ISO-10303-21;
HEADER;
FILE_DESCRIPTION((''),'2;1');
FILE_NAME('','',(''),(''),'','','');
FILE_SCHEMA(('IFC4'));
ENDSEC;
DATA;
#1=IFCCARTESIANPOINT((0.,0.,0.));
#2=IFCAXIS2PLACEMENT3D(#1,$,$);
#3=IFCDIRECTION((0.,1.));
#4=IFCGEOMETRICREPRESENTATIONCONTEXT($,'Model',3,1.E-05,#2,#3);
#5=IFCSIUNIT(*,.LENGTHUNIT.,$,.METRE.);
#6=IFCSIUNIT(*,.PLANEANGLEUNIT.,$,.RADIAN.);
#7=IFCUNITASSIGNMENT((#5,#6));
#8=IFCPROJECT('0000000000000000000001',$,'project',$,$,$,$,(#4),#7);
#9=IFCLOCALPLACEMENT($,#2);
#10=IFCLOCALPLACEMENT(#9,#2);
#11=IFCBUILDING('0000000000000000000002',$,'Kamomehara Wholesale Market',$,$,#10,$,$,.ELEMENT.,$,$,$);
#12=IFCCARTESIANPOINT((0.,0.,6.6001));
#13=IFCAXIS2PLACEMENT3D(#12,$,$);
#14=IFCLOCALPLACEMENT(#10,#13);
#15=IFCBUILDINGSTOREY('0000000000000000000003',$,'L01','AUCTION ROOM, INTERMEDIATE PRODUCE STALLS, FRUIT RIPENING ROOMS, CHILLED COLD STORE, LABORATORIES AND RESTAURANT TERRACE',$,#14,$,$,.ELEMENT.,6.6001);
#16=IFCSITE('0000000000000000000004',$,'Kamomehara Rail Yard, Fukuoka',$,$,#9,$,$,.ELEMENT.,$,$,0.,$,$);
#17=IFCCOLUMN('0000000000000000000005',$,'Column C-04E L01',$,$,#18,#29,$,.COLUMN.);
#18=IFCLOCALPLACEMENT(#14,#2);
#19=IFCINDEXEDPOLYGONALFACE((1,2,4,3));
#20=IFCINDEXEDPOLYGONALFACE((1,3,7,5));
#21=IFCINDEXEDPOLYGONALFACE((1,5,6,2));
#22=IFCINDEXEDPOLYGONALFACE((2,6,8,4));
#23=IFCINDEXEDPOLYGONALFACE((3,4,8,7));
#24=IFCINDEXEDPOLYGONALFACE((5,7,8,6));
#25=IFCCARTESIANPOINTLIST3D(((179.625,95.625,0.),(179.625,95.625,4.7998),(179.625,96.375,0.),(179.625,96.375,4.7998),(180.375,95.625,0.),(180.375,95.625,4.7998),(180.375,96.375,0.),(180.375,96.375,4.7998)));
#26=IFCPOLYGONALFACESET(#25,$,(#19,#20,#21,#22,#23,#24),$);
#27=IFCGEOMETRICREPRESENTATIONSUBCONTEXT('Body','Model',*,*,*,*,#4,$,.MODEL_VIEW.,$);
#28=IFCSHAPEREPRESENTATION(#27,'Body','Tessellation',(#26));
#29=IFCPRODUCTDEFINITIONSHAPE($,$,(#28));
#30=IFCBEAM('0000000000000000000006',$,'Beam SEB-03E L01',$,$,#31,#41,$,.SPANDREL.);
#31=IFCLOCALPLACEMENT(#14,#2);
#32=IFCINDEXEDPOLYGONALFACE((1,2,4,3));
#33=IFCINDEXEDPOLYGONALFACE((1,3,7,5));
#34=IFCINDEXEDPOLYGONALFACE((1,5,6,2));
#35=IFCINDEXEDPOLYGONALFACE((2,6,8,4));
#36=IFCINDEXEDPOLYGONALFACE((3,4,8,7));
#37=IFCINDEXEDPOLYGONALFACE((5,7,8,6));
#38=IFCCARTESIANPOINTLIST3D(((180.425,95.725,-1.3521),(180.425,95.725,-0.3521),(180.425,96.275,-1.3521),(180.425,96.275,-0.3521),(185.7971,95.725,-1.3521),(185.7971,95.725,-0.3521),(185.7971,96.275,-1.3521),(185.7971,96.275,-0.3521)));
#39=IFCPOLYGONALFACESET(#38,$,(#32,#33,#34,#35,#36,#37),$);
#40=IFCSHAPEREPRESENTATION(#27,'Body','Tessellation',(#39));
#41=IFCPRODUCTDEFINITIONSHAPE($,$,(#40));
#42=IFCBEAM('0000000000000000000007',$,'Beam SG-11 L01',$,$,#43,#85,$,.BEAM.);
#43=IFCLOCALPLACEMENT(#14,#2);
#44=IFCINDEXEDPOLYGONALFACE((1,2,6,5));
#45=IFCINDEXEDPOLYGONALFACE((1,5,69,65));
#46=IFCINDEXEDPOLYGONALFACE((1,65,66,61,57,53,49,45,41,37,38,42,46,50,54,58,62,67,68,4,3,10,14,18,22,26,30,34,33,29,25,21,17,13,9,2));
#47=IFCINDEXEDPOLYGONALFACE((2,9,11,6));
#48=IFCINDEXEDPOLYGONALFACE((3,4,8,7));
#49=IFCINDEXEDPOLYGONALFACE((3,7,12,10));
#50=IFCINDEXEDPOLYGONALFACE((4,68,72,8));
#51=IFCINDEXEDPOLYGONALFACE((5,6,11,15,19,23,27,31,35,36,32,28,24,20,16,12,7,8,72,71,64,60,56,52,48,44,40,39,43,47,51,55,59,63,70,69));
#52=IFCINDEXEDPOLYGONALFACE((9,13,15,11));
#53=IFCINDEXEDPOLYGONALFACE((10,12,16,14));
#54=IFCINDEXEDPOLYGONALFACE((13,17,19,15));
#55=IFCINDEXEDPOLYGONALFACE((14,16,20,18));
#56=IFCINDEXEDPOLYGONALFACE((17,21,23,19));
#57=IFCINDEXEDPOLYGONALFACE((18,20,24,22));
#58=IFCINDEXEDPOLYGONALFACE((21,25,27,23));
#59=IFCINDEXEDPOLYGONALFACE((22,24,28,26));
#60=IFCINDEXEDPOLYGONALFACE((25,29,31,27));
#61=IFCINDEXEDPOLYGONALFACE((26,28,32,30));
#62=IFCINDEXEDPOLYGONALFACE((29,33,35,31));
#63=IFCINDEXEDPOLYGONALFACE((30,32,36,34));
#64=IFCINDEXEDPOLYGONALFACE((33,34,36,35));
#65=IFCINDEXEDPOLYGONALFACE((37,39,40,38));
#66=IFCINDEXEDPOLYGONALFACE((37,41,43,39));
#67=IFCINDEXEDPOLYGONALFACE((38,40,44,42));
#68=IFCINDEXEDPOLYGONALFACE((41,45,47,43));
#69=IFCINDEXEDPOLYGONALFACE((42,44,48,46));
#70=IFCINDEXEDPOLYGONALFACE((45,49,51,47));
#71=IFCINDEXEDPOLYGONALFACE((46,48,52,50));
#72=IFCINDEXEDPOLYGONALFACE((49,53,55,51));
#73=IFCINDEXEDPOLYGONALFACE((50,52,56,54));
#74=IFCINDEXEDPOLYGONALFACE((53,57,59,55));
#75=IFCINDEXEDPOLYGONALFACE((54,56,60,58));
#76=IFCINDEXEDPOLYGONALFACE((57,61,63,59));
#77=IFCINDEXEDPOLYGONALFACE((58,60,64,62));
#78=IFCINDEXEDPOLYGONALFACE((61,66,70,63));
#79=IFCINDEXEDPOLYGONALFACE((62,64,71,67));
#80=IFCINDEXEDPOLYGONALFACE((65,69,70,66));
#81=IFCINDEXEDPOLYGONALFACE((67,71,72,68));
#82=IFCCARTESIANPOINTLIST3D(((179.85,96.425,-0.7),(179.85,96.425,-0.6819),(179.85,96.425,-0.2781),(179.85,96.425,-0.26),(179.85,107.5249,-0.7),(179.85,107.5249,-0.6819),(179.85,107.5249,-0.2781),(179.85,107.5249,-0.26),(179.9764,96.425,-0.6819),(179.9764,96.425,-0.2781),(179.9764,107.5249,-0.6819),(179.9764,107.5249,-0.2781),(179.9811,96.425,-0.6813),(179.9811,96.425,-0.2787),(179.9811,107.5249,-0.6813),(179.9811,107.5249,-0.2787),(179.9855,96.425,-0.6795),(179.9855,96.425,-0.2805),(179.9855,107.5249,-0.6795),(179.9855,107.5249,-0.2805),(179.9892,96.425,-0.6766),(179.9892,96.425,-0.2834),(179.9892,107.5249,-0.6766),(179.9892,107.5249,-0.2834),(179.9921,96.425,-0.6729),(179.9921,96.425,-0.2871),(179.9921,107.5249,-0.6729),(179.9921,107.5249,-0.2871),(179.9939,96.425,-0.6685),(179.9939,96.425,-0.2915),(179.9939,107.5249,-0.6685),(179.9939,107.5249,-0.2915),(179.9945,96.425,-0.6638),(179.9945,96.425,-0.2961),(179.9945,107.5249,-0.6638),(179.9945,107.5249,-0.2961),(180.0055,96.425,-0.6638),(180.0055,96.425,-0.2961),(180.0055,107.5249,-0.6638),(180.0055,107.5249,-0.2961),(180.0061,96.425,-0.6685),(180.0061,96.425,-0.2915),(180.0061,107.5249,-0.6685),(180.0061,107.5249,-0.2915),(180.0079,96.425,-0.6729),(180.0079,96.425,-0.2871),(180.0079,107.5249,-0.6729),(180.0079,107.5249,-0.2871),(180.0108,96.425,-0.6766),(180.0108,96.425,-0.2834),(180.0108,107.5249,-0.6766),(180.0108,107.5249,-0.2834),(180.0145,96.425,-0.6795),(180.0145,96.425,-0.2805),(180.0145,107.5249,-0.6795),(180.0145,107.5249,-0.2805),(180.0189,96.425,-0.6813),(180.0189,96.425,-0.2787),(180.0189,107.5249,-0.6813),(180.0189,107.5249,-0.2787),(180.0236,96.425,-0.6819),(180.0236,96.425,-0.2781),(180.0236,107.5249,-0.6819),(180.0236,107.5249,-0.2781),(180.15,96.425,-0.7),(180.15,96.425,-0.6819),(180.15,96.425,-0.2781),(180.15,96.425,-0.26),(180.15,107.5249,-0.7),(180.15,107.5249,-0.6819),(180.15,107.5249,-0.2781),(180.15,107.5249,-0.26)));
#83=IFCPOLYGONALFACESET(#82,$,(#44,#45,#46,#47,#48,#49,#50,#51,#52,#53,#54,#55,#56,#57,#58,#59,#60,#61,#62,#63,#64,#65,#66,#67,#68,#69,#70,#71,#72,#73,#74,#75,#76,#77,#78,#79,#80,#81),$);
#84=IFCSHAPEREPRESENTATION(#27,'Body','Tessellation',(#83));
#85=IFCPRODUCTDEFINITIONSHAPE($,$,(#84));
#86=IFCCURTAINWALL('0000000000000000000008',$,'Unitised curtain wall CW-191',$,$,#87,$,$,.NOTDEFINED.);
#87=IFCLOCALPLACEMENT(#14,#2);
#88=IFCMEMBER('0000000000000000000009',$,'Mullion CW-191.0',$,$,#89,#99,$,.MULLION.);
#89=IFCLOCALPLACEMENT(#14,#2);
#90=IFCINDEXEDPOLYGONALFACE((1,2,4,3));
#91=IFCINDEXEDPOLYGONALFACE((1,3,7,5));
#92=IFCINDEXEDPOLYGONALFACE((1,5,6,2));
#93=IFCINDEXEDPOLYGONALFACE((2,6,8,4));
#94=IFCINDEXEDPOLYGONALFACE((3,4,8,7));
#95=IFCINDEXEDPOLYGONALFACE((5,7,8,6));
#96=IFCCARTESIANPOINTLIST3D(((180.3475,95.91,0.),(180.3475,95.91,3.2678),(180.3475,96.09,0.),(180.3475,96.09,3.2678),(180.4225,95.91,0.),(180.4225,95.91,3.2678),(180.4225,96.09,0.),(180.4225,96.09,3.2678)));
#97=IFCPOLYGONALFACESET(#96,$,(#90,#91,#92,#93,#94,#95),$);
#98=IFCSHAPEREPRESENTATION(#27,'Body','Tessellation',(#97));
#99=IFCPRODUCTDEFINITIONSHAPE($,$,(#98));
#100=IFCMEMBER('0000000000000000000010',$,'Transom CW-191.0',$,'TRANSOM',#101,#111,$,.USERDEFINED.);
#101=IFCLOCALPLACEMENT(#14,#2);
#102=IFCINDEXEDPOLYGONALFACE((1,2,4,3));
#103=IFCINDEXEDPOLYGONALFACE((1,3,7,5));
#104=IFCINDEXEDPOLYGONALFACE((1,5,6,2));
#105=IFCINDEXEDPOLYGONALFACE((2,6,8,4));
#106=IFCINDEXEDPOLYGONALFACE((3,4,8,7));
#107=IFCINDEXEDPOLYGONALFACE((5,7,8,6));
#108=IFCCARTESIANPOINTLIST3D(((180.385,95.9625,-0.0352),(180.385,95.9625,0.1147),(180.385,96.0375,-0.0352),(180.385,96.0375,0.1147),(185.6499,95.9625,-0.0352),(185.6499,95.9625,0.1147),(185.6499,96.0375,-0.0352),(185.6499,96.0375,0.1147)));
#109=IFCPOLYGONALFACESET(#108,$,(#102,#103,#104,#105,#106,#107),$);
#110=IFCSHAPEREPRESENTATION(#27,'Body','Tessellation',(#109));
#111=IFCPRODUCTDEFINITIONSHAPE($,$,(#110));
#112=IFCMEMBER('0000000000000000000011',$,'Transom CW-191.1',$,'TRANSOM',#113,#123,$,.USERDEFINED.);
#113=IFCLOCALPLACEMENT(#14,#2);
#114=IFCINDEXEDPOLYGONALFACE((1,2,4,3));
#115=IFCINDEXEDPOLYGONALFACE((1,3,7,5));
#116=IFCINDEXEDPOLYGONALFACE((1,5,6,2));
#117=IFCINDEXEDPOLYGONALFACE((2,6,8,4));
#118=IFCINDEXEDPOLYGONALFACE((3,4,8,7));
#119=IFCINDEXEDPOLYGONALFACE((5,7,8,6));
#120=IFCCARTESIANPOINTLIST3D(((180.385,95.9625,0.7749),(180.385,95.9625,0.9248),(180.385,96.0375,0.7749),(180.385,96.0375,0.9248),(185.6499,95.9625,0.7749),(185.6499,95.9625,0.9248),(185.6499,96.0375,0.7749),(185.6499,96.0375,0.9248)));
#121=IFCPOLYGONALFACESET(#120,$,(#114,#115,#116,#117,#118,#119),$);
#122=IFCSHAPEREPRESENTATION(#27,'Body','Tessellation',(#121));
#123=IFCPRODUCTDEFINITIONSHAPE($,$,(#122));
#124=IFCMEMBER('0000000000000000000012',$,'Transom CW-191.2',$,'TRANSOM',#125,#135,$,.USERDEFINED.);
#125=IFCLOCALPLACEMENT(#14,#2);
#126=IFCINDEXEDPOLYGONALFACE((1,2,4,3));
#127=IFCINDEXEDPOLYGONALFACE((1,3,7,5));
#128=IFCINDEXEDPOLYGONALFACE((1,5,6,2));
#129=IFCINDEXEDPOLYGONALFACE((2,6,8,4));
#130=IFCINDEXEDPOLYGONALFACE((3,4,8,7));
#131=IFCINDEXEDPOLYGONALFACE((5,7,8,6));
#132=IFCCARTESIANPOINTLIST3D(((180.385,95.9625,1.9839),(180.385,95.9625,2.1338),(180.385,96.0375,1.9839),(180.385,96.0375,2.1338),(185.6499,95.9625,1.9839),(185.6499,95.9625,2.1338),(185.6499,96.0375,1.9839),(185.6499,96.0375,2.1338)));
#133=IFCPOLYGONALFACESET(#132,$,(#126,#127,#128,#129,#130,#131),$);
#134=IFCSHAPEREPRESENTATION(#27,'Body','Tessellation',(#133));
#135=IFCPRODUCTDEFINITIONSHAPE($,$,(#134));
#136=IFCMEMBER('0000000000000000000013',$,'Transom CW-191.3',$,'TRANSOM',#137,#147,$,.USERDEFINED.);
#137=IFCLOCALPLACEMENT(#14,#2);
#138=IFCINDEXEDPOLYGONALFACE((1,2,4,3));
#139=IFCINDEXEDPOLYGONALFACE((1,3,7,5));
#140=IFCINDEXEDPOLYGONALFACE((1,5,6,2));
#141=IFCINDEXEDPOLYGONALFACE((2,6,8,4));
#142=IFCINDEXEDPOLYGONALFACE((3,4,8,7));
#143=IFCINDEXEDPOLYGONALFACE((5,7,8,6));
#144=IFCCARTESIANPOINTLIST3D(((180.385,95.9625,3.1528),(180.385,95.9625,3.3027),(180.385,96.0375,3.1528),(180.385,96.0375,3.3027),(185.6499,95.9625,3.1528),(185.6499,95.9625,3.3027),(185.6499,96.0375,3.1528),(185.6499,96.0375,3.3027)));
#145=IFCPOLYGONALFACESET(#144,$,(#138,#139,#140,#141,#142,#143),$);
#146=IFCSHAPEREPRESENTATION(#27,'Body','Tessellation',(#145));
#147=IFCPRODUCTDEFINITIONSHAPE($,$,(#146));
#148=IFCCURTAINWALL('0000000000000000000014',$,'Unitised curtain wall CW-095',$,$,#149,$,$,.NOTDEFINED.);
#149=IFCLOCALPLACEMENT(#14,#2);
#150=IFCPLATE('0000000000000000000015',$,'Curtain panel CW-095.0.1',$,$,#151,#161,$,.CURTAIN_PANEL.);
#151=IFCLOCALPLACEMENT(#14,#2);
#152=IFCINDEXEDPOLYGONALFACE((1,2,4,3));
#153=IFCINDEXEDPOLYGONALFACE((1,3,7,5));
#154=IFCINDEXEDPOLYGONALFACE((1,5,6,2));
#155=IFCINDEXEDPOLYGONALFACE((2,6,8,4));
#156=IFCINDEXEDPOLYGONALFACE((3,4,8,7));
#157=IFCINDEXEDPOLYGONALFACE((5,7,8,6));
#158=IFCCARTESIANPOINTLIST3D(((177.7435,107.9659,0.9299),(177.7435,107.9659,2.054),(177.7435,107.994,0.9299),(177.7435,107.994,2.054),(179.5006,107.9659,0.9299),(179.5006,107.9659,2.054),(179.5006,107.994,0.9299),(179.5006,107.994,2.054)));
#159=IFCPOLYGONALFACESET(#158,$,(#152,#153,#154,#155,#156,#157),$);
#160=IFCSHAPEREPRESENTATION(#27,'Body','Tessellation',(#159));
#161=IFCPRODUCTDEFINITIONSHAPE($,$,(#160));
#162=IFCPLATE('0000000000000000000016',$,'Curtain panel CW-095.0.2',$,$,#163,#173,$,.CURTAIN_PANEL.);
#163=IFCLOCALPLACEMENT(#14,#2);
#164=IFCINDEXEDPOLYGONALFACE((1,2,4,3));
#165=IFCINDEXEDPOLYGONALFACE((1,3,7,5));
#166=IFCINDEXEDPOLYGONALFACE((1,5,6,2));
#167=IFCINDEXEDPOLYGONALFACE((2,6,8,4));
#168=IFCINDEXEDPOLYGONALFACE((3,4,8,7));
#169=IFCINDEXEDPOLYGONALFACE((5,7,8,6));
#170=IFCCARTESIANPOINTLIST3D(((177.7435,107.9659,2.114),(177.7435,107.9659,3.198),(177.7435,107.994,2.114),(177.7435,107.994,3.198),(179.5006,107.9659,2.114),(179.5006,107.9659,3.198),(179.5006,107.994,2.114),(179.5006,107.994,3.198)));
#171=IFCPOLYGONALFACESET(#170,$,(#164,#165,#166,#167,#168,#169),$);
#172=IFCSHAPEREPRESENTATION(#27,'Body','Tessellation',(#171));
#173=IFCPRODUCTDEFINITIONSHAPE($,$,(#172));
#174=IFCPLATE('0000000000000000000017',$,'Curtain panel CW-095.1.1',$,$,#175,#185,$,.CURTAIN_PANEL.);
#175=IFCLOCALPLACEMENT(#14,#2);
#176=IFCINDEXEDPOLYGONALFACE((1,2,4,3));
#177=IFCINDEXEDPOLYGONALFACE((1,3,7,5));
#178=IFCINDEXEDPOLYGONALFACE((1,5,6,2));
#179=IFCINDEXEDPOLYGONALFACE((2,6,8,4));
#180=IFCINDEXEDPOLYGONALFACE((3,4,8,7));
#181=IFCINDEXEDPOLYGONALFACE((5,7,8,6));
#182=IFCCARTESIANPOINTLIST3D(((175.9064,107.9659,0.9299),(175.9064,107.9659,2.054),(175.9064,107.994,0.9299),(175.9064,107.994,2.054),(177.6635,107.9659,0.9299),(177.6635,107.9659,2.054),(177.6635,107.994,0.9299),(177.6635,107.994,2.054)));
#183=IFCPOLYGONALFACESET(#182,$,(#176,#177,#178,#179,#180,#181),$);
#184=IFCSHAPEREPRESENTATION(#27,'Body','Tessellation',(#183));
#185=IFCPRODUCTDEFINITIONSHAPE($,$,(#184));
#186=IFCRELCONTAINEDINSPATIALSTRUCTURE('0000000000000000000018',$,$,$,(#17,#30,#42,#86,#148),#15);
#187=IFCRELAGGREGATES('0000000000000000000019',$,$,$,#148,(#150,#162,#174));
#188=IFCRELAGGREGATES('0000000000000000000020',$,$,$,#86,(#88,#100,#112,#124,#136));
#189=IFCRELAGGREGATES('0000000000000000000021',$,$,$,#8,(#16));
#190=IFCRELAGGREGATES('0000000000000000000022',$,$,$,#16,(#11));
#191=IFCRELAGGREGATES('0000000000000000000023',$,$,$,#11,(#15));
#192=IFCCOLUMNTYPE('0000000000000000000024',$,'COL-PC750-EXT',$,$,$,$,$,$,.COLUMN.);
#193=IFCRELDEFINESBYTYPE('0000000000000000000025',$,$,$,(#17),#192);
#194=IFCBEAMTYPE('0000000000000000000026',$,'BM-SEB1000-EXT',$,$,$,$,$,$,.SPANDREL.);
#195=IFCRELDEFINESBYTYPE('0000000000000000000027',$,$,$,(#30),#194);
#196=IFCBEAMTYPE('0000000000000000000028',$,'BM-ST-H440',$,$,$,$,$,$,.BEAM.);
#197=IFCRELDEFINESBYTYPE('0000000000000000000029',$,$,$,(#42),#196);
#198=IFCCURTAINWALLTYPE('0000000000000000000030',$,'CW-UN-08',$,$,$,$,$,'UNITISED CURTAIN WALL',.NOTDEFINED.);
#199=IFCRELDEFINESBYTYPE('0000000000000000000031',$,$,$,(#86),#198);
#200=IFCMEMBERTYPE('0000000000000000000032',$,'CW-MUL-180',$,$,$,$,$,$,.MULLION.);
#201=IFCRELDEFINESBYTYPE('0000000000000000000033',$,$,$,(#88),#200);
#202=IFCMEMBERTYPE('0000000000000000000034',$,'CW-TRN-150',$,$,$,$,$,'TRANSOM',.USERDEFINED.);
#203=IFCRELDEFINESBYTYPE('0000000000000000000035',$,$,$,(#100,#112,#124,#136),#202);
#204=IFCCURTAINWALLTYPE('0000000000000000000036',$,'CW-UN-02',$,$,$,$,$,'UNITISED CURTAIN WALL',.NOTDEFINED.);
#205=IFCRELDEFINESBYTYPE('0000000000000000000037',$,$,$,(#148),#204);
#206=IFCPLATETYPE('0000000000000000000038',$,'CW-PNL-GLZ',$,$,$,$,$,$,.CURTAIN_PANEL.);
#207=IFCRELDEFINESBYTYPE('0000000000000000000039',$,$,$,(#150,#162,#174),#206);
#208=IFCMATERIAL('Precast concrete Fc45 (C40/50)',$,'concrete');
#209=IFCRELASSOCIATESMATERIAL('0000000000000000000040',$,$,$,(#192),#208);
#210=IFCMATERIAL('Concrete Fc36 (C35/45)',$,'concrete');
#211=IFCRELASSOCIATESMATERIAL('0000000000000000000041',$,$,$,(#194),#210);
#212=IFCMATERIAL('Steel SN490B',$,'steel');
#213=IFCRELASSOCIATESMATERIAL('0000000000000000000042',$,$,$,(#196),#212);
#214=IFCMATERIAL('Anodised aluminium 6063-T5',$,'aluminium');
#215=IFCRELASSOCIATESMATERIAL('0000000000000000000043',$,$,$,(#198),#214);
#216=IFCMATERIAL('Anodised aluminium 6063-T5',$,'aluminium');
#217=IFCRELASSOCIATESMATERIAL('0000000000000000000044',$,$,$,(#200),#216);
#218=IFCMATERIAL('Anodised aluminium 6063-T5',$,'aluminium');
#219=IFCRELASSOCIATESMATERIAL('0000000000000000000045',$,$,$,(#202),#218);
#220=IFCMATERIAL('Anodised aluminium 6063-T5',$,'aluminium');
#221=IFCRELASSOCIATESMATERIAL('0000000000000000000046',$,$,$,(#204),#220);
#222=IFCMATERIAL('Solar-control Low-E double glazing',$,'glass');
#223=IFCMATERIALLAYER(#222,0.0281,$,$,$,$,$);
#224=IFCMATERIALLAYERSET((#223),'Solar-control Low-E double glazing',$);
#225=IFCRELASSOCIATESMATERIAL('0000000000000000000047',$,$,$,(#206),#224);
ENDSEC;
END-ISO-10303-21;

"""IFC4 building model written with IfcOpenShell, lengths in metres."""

from ifc_helpers import new_model, si_unit, direction, frame, origin, origin_2d, place, context, subcontext, project, spatial, rectangle, i_section, extrude, material, layer, layer_set, material_profile, profile_set, type_object, element, aggregate, save


model = new_model("IFC4")

# Units and contexts
model_context = context("Model", 3, precision=1e-05, world=origin(), true_north=direction((0.0, 1.0)))
body_context = subcontext(model_context, "Body", "Model", "MODEL_VIEW")
ifc_project = project(units=[si_unit("LENGTHUNIT", "METRE"), si_unit("PLANEANGLEUNIT", "RADIAN")], contexts=[model_context])

# Site, building, storey
site_placement = place(None, origin())
site = spatial("IfcSite", under=ifc_project, at=site_placement, Name="Kamomehara Rail Yard, Fukuoka", CompositionType="ELEMENT", RefElevation=0.0)
building_placement = place(site_placement, origin())
building = spatial("IfcBuilding", under=site, at=building_placement, Name="Kamomehara Wholesale Market", CompositionType="ELEMENT")
storey_placement = place(building_placement, frame((0.0, 0.0, 6.6001)))
storey = spatial("IfcBuildingStorey", under=building, at=storey_placement, Name="L01", Description="AUCTION ROOM, INTERMEDIATE PRODUCE STALLS, FRUIT RIPENING ROOMS, CHILLED COLD STORE, LABORATORIES AND RESTAURANT TERRACE", CompositionType="ELEMENT", Elevation=6.6001)

# Column
ifc_material_1 = material(Name="Precast concrete Fc45 (C40/50)", Category="concrete")
ifc_material_profile_1 = material_profile(ifc_material_1, rectangle(XDim=0.75, YDim=0.75, at=origin_2d()), Name="PC-COL-750x750")
ifc_profile_set_1 = profile_set([ifc_material_profile_1], Name="Precast concrete Fc45 (C40/50)")
column_type = type_object("IfcColumnType", Name="COL-PC750-EXT", PredefinedType="COLUMN", material=ifc_profile_set_1)
column_placement = place(storey_placement, frame((180.0, 96.0, 0.0), z_axis=(0.0, 0.0, 1.0), x_axis=(1.0, 0.0, 0.0)))
element("IfcColumn", 1, at=column_placement, inside=storey, type_object=column_type, Name="Column C-04E L01", PredefinedType="COLUMN", context=body_context, shape_type="SweptSolid", body=[
    extrude(rectangle(XDim=0.75, YDim=0.75, at=origin_2d()), origin(), (0.0, 0.0, 1.0), 4.7998),
])

# Beams
ifc_material_2 = material(Name="Concrete Fc36 (C35/45)", Category="concrete")
ifc_material_profile_2 = material_profile(ifc_material_2, rectangle(XDim=0.55, YDim=1.0, at=origin_2d()), Name="RC-SEB-550x1000")
ifc_profile_set_2 = profile_set([ifc_material_profile_2], Name="Concrete Fc36 (C35/45)")
beam_type_1 = type_object("IfcBeamType", Name="BM-SEB1000-EXT", PredefinedType="SPANDREL", material=ifc_profile_set_2)
beam_1_placement = place(storey_placement, frame((180.425, 96.0, -0.8521), z_axis=(1.0, 0.0, 0.0), x_axis=(0.0, 1.0, 0.0)))
element("IfcBeam", 2, at=beam_1_placement, inside=storey, type_object=beam_type_1, Name="Beam SEB-03E L01", PredefinedType="SPANDREL", context=body_context, shape_type="SweptSolid", body=[
    extrude(rectangle(XDim=0.55, YDim=1.0, at=origin_2d()), origin(), (0.0, 0.0, 1.0), 5.3721),
])
ifc_material_3 = material(Name="Steel SN490B", Category="steel")
ifc_material_profile_3 = material_profile(ifc_material_3, i_section(OverallWidth=0.3, OverallDepth=0.4399, WebThickness=0.011, FlangeThickness=0.0181, FilletRadius=0.0181, at=origin_2d()), Name="H-440x300x11x18")
ifc_profile_set_3 = profile_set([ifc_material_profile_3], Name="Steel SN490B")
beam_type_2 = type_object("IfcBeamType", Name="BM-ST-H440", PredefinedType="BEAM", material=ifc_profile_set_3)
beam_2_placement = place(storey_placement, frame((180.0, 96.425, -0.48), z_axis=(0.0, 1.0, 0.0), x_axis=(-1.0, 0.0, 0.0)))
element("IfcBeam", 3, at=beam_2_placement, inside=storey, type_object=beam_type_2, Name="Beam SG-11 L01", PredefinedType="BEAM", context=body_context, shape_type="SweptSolid", body=[
    extrude(i_section(OverallWidth=0.3, OverallDepth=0.4399, WebThickness=0.011, FlangeThickness=0.0181, FilletRadius=0.0181, at=origin_2d()), origin(), (0.0, 0.0, 1.0), 11.0999),
])

# Curtain wall, members
ifc_material_4 = material(Name="Anodised aluminium 6063-T5", Category="aluminium")
curtain_wall_type_1 = type_object("IfcCurtainWallType", Name="CW-UN-08", ElementType="UNITISED CURTAIN WALL", PredefinedType="NOTDEFINED", material=ifc_material_4)
curtain_wall_1_placement = place(storey_placement, origin())
curtain_wall_1 = element("IfcCurtainWall", 4, at=curtain_wall_1_placement, inside=storey, type_object=curtain_wall_type_1, Name="Unitised curtain wall CW-191", PredefinedType="NOTDEFINED")
ifc_material_5 = material(Name="Anodised aluminium 6063-T5", Category="aluminium")
ifc_material_profile_4 = material_profile(ifc_material_5, rectangle(XDim=0.075, YDim=0.1799, at=origin_2d()), Name="ALU-MUL-75x180")
ifc_profile_set_4 = profile_set([ifc_material_profile_4], Name="Anodised aluminium 6063-T5")
member_type_1 = type_object("IfcMemberType", Name="CW-MUL-180", PredefinedType="MULLION", material=ifc_profile_set_4)
member_1_placement = place(storey_placement, frame((180.385, 96.0, 0.0), z_axis=(0.0, 0.0, 1.0), x_axis=(1.0, 0.0, 0.0)))
member_1 = element("IfcMember", 5, at=member_1_placement, type_object=member_type_1, Name="Mullion CW-191.0", PredefinedType="MULLION", context=body_context, shape_type="SweptSolid", body=[
    extrude(rectangle(XDim=0.075, YDim=0.1799, at=origin_2d()), origin(), (0.0, 0.0, 1.0), 3.2678),
])
ifc_material_6 = material(Name="Anodised aluminium 6063-T5", Category="aluminium")
ifc_material_profile_5 = material_profile(ifc_material_6, rectangle(XDim=0.075, YDim=0.1499, at=origin_2d()), Name="ALU-TRN-75x150")
ifc_profile_set_5 = profile_set([ifc_material_profile_5], Name="Anodised aluminium 6063-T5")
member_type_2 = type_object("IfcMemberType", Name="CW-TRN-150", ElementType="TRANSOM", PredefinedType="USERDEFINED", material=ifc_profile_set_5)
member_2_placement = place(storey_placement, frame((180.385, 96.0, 0.0398), z_axis=(1.0, 0.0, 0.0), x_axis=(0.0, 1.0, 0.0)))
member_2 = element("IfcMember", 6, at=member_2_placement, type_object=member_type_2, Name="Transom CW-191.0", ObjectType="TRANSOM", PredefinedType="USERDEFINED", context=body_context, shape_type="SweptSolid", body=[
    extrude(rectangle(XDim=0.075, YDim=0.1499, at=origin_2d()), origin(), (0.0, 0.0, 1.0), 5.2649),
])
member_3_placement = place(storey_placement, frame((180.385, 96.0, 0.8499), z_axis=(1.0, 0.0, 0.0), x_axis=(0.0, 1.0, 0.0)))
member_3 = element("IfcMember", 7, at=member_3_placement, type_object=member_type_2, Name="Transom CW-191.1", ObjectType="TRANSOM", PredefinedType="USERDEFINED", context=body_context, shape_type="SweptSolid", body=[
    extrude(rectangle(XDim=0.075, YDim=0.1499, at=origin_2d()), origin(), (0.0, 0.0, 1.0), 5.2649),
])
member_4_placement = place(storey_placement, frame((180.385, 96.0, 2.0588), z_axis=(1.0, 0.0, 0.0), x_axis=(0.0, 1.0, 0.0)))
member_4 = element("IfcMember", 8, at=member_4_placement, type_object=member_type_2, Name="Transom CW-191.2", ObjectType="TRANSOM", PredefinedType="USERDEFINED", context=body_context, shape_type="SweptSolid", body=[
    extrude(rectangle(XDim=0.075, YDim=0.1499, at=origin_2d()), origin(), (0.0, 0.0, 1.0), 5.2649),
])
member_5_placement = place(storey_placement, frame((180.385, 96.0, 3.2278), z_axis=(1.0, 0.0, 0.0), x_axis=(0.0, 1.0, 0.0)))
member_5 = element("IfcMember", 9, at=member_5_placement, type_object=member_type_2, Name="Transom CW-191.3", ObjectType="TRANSOM", PredefinedType="USERDEFINED", context=body_context, shape_type="SweptSolid", body=[
    extrude(rectangle(XDim=0.075, YDim=0.1499, at=origin_2d()), origin(), (0.0, 0.0, 1.0), 5.2649),
])

# Curtain wall, plates
ifc_material_7 = material(Name="Anodised aluminium 6063-T5", Category="aluminium")
curtain_wall_type_2 = type_object("IfcCurtainWallType", Name="CW-UN-02", ElementType="UNITISED CURTAIN WALL", PredefinedType="NOTDEFINED", material=ifc_material_7)
curtain_wall_2_placement = place(storey_placement, origin())
curtain_wall_2 = element("IfcCurtainWall", 10, at=curtain_wall_2_placement, inside=storey, type_object=curtain_wall_type_2, Name="Unitised curtain wall CW-095", PredefinedType="NOTDEFINED")
ifc_material_8 = material(Name="Solar-control Low-E double glazing", Category="glass")
ifc_layer_1 = layer(ifc_material_8, 0.0281)
ifc_layer_set_1 = layer_set([ifc_layer_1], Name="Solar-control Low-E double glazing")
plate_type_1 = type_object("IfcPlateType", Name="CW-PNL-GLZ", PredefinedType="CURTAIN_PANEL", material=ifc_layer_set_1)
plate_1_placement = place(storey_placement, frame((178.6221, 107.98, 0.9299), z_axis=(0.0, 0.0, 1.0), x_axis=(-1.0, 0.0, 0.0)))
plate_1 = element("IfcPlate", 11, at=plate_1_placement, type_object=plate_type_1, Name="Curtain panel CW-095.0.1", PredefinedType="CURTAIN_PANEL", context=body_context, shape_type="SweptSolid", body=[
    extrude(rectangle(XDim=1.7571, YDim=0.0281, at=origin_2d()), origin(), (0.0, 0.0, 1.0), 1.124),
])
plate_2_placement = place(storey_placement, frame((178.6221, 107.98, 2.114), z_axis=(0.0, 0.0, 1.0), x_axis=(-1.0, 0.0, 0.0)))
plate_2 = element("IfcPlate", 12, at=plate_2_placement, type_object=plate_type_1, Name="Curtain panel CW-095.0.2", PredefinedType="CURTAIN_PANEL", context=body_context, shape_type="SweptSolid", body=[
    extrude(rectangle(XDim=1.7571, YDim=0.0281, at=origin_2d()), origin(), (0.0, 0.0, 1.0), 1.084),
])
plate_3_placement = place(storey_placement, frame((176.7849, 107.98, 0.9299), z_axis=(0.0, 0.0, 1.0), x_axis=(-1.0, 0.0, 0.0)))
plate_3 = element("IfcPlate", 13, at=plate_3_placement, type_object=plate_type_1, Name="Curtain panel CW-095.1.1", PredefinedType="CURTAIN_PANEL", context=body_context, shape_type="SweptSolid", body=[
    extrude(rectangle(XDim=1.7571, YDim=0.0281, at=origin_2d()), origin(), (0.0, 0.0, 1.0), 1.124),
])

aggregate(curtain_wall_2, [plate_1, plate_2, plate_3])
aggregate(curtain_wall_1, [member_1, member_2, member_3, member_4, member_5])

save(model, "model.ifc")
